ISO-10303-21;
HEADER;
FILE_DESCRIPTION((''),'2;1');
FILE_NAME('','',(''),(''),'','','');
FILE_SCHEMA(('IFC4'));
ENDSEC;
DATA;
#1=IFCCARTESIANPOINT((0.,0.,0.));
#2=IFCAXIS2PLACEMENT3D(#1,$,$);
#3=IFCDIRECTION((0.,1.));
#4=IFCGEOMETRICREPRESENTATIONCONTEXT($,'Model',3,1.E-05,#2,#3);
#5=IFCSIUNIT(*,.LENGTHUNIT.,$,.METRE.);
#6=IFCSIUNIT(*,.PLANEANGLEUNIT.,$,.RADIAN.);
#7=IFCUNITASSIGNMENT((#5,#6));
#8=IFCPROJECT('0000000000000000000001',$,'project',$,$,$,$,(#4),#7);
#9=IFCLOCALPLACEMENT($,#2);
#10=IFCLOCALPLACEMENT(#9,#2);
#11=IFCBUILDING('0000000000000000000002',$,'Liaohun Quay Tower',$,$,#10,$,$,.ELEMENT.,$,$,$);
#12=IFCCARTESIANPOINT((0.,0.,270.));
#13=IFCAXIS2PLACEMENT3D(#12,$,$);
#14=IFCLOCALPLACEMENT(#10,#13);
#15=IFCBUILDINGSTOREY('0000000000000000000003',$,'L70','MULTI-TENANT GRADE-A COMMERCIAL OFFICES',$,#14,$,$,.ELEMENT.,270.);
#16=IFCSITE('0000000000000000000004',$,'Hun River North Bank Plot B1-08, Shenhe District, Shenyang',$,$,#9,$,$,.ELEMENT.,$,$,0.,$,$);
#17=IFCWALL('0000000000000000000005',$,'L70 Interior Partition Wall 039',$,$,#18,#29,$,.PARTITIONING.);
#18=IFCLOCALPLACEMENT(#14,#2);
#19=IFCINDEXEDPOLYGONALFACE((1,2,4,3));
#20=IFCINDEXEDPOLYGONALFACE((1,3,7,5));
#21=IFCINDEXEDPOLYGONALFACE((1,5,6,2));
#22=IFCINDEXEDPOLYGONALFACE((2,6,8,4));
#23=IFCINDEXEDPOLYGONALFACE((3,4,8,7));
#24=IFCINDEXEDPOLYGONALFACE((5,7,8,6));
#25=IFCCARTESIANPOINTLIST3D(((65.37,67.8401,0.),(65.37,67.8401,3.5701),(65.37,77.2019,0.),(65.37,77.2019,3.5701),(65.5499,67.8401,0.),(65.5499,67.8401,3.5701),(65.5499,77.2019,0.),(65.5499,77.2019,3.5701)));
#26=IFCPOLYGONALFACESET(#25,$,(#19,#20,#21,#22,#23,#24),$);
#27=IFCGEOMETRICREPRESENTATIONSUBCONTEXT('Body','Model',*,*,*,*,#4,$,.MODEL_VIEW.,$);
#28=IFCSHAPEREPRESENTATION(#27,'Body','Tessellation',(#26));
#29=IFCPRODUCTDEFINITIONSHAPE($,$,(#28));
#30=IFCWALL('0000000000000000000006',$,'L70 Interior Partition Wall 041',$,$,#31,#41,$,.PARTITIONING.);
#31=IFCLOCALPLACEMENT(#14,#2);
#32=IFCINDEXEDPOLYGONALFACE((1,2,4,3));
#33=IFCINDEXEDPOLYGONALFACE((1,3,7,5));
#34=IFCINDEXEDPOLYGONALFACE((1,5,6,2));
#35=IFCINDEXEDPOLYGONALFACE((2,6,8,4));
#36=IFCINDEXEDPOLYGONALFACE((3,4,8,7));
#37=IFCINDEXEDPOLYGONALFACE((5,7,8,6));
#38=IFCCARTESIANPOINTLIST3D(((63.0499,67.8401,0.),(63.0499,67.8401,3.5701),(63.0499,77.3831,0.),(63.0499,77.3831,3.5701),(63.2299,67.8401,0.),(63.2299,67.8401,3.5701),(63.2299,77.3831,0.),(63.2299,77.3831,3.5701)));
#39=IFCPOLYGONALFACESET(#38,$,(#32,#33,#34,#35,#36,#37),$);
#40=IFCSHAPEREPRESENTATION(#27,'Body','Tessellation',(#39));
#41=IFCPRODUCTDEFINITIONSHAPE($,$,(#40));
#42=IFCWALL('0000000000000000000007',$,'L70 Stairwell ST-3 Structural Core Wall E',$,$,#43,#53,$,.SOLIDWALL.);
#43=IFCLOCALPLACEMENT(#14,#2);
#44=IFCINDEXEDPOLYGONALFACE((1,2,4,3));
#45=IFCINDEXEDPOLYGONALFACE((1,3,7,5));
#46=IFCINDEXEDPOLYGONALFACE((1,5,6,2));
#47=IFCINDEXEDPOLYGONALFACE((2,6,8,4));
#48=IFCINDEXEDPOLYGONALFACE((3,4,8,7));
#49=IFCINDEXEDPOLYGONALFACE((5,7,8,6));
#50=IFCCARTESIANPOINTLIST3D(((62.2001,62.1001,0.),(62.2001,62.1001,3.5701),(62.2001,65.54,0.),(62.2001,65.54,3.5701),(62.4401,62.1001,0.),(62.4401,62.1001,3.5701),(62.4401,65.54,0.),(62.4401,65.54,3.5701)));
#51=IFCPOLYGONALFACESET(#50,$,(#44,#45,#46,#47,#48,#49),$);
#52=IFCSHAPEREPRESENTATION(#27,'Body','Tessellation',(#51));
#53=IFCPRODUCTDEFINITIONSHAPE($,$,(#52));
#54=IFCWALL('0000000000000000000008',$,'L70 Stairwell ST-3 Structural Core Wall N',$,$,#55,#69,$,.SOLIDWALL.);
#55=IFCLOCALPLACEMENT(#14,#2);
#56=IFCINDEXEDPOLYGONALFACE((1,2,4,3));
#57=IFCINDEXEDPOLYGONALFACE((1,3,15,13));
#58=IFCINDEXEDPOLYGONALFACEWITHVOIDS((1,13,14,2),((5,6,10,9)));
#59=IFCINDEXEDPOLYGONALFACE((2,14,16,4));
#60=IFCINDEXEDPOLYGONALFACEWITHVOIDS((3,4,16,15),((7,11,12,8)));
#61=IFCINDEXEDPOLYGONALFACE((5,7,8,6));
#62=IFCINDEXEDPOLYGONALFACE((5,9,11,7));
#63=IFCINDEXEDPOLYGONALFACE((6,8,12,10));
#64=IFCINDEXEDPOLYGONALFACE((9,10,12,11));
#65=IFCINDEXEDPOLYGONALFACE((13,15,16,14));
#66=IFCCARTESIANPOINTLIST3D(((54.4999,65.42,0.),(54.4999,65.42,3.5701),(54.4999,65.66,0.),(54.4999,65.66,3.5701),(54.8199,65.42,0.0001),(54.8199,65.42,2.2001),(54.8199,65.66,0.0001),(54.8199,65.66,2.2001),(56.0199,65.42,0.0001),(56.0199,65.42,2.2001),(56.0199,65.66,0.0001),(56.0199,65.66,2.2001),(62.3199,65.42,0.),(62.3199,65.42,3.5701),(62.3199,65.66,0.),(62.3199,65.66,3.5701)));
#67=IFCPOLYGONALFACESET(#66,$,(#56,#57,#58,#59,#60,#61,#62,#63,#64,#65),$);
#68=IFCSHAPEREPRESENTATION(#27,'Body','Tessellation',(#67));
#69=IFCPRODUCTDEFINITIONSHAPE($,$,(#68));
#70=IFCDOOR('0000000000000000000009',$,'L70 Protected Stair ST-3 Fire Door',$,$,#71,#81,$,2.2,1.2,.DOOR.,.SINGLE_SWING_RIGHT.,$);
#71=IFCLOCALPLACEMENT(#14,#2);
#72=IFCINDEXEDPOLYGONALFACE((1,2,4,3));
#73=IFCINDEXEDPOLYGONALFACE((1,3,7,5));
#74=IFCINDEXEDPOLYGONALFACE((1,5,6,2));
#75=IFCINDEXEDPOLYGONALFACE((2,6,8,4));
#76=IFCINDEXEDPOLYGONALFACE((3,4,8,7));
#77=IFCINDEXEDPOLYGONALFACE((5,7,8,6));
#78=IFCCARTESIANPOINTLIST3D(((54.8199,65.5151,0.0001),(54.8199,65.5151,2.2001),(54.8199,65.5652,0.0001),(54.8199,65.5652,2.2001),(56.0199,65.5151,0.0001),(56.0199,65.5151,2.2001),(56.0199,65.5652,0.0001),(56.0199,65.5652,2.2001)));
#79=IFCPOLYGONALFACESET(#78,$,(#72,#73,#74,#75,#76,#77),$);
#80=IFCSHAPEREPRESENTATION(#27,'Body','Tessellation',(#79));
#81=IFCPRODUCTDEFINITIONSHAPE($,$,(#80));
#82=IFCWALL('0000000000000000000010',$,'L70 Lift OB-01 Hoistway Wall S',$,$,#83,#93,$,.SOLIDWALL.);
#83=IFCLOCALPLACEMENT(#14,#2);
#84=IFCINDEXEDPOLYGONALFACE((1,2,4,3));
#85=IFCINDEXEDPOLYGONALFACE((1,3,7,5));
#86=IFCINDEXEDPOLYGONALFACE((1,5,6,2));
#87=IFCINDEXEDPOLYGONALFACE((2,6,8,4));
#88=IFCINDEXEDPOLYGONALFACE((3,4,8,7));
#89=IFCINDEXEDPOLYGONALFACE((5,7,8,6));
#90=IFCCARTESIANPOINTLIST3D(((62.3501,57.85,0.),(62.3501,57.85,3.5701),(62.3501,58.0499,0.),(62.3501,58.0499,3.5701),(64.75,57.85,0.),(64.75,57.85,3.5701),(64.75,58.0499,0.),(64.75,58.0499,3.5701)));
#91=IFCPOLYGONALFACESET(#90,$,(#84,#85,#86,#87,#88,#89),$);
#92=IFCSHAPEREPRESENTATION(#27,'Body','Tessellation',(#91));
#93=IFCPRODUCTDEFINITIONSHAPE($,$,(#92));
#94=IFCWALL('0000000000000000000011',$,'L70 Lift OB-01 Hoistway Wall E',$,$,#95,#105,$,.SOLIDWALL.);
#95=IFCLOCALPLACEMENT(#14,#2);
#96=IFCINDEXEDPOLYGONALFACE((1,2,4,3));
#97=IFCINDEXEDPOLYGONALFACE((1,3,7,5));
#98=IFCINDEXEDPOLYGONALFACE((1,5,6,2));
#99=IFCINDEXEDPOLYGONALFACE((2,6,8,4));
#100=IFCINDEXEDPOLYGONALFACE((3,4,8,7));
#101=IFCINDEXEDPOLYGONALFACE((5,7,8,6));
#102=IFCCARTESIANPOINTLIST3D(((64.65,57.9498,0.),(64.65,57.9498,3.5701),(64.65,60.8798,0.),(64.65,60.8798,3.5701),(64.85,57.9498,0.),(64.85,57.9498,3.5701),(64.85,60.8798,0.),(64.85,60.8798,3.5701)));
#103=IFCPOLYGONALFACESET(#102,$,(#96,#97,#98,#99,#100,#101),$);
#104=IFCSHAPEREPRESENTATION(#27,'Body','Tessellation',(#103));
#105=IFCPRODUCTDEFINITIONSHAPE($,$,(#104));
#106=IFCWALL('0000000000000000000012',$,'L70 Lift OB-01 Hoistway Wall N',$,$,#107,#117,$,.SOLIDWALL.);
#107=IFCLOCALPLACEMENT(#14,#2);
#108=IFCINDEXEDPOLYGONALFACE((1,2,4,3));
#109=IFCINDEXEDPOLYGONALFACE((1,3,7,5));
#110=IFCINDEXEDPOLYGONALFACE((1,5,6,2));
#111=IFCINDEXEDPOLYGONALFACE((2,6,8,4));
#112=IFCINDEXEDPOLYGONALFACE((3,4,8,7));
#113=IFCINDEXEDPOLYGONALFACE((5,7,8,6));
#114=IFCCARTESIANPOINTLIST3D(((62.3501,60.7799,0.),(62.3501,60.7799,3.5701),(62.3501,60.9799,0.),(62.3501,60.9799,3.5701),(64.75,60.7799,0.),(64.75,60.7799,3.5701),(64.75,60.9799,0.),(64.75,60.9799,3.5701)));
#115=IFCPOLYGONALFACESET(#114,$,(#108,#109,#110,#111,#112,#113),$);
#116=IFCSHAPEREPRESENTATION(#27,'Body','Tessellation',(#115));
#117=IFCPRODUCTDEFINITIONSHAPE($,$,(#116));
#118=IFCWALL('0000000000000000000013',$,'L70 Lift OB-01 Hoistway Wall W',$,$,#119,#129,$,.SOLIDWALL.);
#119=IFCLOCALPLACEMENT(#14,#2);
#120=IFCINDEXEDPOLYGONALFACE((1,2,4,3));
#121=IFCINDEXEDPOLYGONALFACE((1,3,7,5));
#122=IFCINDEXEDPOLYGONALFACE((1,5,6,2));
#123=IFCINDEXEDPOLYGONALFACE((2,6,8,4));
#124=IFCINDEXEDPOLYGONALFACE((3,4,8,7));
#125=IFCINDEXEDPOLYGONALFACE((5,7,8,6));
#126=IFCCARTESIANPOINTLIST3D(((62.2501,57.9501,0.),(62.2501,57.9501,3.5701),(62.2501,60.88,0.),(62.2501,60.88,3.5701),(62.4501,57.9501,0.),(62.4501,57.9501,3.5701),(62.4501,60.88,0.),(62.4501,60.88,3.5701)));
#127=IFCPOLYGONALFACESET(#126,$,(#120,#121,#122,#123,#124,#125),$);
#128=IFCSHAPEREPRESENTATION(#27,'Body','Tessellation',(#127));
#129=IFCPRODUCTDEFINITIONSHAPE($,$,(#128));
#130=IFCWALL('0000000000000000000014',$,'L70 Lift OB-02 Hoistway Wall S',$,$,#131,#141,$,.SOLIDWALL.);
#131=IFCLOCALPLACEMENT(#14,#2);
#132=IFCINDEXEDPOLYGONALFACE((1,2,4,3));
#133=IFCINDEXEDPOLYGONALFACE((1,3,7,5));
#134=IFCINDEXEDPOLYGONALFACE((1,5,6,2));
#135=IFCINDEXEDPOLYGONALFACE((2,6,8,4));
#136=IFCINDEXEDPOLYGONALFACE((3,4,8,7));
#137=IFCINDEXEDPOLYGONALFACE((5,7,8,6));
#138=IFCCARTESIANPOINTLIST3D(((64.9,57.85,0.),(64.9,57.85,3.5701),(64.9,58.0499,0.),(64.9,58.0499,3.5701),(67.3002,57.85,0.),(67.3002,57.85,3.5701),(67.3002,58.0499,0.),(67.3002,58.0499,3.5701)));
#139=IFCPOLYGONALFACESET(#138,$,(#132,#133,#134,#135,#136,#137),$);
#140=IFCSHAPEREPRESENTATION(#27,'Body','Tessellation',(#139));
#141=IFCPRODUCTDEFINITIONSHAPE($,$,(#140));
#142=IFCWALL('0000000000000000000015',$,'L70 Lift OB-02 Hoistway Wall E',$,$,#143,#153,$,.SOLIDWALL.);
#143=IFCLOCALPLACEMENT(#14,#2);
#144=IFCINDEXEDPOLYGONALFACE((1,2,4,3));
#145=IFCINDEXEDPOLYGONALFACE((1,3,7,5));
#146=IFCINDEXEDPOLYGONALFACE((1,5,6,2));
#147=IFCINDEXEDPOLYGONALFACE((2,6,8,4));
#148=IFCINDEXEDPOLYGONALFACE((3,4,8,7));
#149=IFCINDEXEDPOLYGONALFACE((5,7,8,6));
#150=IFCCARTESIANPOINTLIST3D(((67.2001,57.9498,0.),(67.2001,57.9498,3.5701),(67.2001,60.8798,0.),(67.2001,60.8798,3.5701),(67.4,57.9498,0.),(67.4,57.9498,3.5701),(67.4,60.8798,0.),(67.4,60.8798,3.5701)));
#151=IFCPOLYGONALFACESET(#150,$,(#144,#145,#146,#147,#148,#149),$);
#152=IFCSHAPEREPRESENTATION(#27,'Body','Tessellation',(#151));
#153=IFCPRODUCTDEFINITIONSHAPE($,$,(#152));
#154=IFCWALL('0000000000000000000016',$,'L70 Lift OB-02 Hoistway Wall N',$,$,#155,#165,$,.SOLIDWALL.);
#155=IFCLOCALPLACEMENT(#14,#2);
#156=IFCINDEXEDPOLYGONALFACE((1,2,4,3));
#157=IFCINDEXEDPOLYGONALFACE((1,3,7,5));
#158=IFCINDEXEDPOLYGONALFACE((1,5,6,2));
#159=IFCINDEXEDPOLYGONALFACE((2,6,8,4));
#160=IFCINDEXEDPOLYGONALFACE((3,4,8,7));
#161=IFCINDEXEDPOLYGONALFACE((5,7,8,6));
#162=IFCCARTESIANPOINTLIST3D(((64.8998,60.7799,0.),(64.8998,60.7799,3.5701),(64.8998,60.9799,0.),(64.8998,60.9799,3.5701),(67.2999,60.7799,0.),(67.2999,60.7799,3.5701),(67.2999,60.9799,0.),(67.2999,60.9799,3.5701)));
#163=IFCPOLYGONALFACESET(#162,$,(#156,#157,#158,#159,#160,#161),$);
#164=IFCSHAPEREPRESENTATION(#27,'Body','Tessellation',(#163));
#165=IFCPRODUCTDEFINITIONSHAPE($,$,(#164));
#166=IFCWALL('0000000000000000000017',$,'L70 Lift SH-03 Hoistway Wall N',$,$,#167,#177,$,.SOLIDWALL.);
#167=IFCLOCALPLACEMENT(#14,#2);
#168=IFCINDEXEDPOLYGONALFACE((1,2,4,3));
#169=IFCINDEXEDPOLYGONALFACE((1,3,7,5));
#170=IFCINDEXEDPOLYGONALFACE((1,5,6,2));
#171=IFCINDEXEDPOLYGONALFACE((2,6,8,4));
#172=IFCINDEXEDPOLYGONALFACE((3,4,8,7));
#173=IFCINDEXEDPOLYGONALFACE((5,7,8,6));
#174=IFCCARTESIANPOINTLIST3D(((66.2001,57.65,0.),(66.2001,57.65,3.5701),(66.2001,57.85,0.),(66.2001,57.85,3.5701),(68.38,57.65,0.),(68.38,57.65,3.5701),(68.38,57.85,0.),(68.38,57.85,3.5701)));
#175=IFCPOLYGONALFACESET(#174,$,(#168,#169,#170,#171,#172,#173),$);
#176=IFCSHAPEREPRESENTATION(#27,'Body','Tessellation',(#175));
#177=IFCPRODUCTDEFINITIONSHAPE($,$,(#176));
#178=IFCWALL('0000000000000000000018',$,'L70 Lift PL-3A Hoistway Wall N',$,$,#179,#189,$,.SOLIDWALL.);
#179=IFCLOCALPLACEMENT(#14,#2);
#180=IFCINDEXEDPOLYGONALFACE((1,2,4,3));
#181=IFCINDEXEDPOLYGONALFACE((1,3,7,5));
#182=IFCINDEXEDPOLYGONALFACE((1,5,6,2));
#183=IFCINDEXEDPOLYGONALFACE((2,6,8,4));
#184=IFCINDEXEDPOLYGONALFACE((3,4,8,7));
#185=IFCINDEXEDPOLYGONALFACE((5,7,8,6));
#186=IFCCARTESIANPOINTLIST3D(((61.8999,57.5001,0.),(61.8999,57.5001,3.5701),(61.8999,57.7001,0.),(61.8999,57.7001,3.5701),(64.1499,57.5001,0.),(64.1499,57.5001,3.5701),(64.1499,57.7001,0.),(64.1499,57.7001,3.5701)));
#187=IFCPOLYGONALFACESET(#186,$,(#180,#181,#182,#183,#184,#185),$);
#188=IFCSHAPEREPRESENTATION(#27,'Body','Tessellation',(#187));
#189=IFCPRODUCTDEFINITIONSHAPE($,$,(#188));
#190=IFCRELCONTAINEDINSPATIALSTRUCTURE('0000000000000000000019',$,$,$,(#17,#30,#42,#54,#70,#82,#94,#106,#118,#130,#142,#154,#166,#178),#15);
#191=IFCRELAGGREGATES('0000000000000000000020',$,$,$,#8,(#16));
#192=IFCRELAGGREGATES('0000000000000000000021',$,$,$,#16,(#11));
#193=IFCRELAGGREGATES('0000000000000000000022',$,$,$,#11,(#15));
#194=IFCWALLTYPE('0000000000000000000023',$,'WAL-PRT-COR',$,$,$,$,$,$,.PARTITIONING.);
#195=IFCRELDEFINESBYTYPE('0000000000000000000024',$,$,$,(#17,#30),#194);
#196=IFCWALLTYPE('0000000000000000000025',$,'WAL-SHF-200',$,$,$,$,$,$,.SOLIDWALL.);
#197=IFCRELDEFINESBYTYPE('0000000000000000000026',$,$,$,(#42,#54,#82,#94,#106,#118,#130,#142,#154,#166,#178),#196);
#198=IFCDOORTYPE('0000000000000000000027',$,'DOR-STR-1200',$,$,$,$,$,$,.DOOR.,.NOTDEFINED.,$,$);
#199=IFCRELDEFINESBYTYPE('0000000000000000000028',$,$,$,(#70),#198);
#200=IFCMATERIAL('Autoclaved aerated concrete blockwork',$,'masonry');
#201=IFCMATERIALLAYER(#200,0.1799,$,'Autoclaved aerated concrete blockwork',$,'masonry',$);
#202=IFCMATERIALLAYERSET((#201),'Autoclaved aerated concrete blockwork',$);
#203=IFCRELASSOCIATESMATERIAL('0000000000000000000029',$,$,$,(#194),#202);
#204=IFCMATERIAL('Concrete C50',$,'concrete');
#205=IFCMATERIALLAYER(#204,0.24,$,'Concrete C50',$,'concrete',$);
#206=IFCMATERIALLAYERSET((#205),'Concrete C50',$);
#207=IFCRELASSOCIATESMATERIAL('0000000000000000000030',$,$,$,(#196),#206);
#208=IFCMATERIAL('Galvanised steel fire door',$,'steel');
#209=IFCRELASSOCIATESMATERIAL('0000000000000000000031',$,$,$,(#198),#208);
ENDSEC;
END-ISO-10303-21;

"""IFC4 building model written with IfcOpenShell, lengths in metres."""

from ifc_helpers import new_model, si_unit, direction, frame, frame_2d, origin, place, context, subcontext, project, spatial, rectangle, extrude, source, transform, mapped, material, layer, layer_set, type_object, element, fill, save


model = new_model("IFC4")

# Units and contexts
model_context = context("Model", 3, precision=1e-05, world=origin(), true_north=direction((0.0, 1.0)))
body_context = subcontext(model_context, "Body", "Model", "MODEL_VIEW")
ifc_project = project(units=[si_unit("LENGTHUNIT", "METRE"), si_unit("PLANEANGLEUNIT", "RADIAN")], contexts=[model_context])

# Site, building, storey
site_placement = place(None, origin())
site = spatial("IfcSite", under=ifc_project, at=site_placement, Name="Hun River North Bank Plot B1-08, Shenhe District, Shenyang", CompositionType="ELEMENT", RefElevation=0.0)
building_placement = place(site_placement, origin())
building = spatial("IfcBuilding", under=site, at=building_placement, Name="Liaohun Quay Tower", CompositionType="ELEMENT")
storey_placement = place(building_placement, frame((0.0, 0.0, 270.0)))
storey = spatial("IfcBuildingStorey", under=building, at=storey_placement, Name="L70", Description="MULTI-TENANT GRADE-A COMMERCIAL OFFICES", CompositionType="ELEMENT", Elevation=270.0)

# Shared definitions
ifc_material_1 = material(Name="Autoclaved aerated concrete blockwork", Category="masonry")
ifc_layer_1 = layer(ifc_material_1, 0.1799, Name="Autoclaved aerated concrete blockwork", Category="masonry")
ifc_layer_set_1 = layer_set([ifc_layer_1], Name="Autoclaved aerated concrete blockwork")
wall_type_1 = type_object("IfcWallType", Name="WAL-PRT-COR", PredefinedType="PARTITIONING", material=ifc_layer_set_1)

# Walls
wall_1_placement = place(storey_placement, frame((65.46, 77.2019, 0.0), z_axis=(0.0, 0.0, 1.0), x_axis=(0.0, -1.0, 0.0)))
element("IfcWall", 1, at=wall_1_placement, inside=storey, type_object=wall_type_1, Name="L70 Interior Partition Wall 039", PredefinedType="PARTITIONING", context=body_context, shape_type="SweptSolid", body=[
    extrude(rectangle(XDim=9.3618, YDim=0.1799, at=frame_2d((4.6809, 0.0))), origin(), (0.0, 0.0, 1.0), 3.5701),
])
wall_2_placement = place(storey_placement, frame((63.1399, 67.8401, 0.0), z_axis=(0.0, 0.0, 1.0), x_axis=(0.0, 1.0, 0.0)))
element("IfcWall", 2, at=wall_2_placement, inside=storey, type_object=wall_type_1, Name="L70 Interior Partition Wall 041", PredefinedType="PARTITIONING", context=body_context, shape_type="SweptSolid", body=[
    extrude(rectangle(XDim=9.543, YDim=0.1799, at=frame_2d((4.7715, 0.0))), origin(), (0.0, 0.0, 1.0), 3.5701),
])
ifc_material_2 = material(Name="Concrete C50", Category="concrete")
ifc_layer_2 = layer(ifc_material_2, 0.24, Name="Concrete C50", Category="concrete")
ifc_layer_set_2 = layer_set([ifc_layer_2], Name="Concrete C50")
wall_type_2 = type_object("IfcWallType", Name="WAL-SHF-200", PredefinedType="SOLIDWALL", material=ifc_layer_set_2)
wall_3_placement = place(storey_placement, frame((62.3201, 62.1001, 0.0), z_axis=(0.0, 0.0, 1.0), x_axis=(0.0, 1.0, 0.0)))
element("IfcWall", 3, at=wall_3_placement, inside=storey, type_object=wall_type_2, Name="L70 Stairwell ST-3 Structural Core Wall E", PredefinedType="SOLIDWALL", context=body_context, shape_type="SweptSolid", body=[
    extrude(rectangle(XDim=3.4399, YDim=0.24, at=frame_2d((1.72, 0.0))), origin(), (0.0, 0.0, 1.0), 3.5701),
])

# Wall, opening, door
wall_4_placement = place(storey_placement, frame((62.3201, 65.54, 0.0), z_axis=(0.0, 0.0, 1.0), x_axis=(-1.0, 0.0, 0.0)))
wall_4 = element("IfcWall", 4, at=wall_4_placement, inside=storey, type_object=wall_type_2, Name="L70 Stairwell ST-3 Structural Core Wall N", PredefinedType="SOLIDWALL", context=body_context, shape_type="SweptSolid", body=[
    extrude(rectangle(XDim=7.8201, YDim=0.24, at=frame_2d((3.9102, 0.0))), origin(), (0.0, 0.0, 1.0), 3.5701),
])
shared_shape_1 = source(origin(), body_context, "Body", "SweptSolid", [
    extrude(rectangle(XDim=1.2, YDim=2.2, at=frame_2d((0.6001, 1.1001))), frame((0.0, 0.1299, 0.0), z_axis=(0.0, -1.0, 0.0), x_axis=(1.0, 0.0, 0.0)), (0.0, 0.0, 1.0), 0.26),
])
opening_1_placement = place(wall_4_placement, frame((6.3, 0.0, 0.0)))
opening_1 = element("IfcOpeningElement", 5, at=opening_1_placement, cuts=wall_4, PredefinedType="OPENING", context=body_context, shape_type="MappedRepresentation", body=[
    mapped(shared_shape_1, transform((0.0, 0.0, 0.0), x_axis=(1.0, 0.0, 0.0), y_axis=(0.0, 1.0, 0.0), z_axis=(0.0, 0.0, 1.0), scale=1.0)),
])
ifc_material_3 = material(Name="Galvanised steel fire door", Category="steel")
door_type_1 = type_object("IfcDoorType", Name="DOR-STR-1200", OperationType="NOTDEFINED", PredefinedType="DOOR", material=ifc_material_3)
shared_shape_2 = source(origin(), body_context, "Body", "SweptSolid", [
    extrude(rectangle(XDim=1.2, YDim=2.2, at=frame_2d((0.6001, 1.1001))), frame((0.0, 0.0249, 0.0), z_axis=(0.0, -1.0, 0.0), x_axis=(1.0, 0.0, 0.0)), (0.0, 0.0, 1.0), 0.05),
])
door_1_placement = place(opening_1_placement, origin())
door_1 = element("IfcDoor", 6, at=door_1_placement, inside=storey, type_object=door_type_1, Name="L70 Protected Stair ST-3 Fire Door", OperationType="SINGLE_SWING_RIGHT", OverallHeight=2.2, OverallWidth=1.2, PredefinedType="DOOR", context=body_context, shape_type="MappedRepresentation", body=[
    mapped(shared_shape_2, transform((0.0, 0.0, 0.0), x_axis=(1.0, 0.0, 0.0), y_axis=(0.0, 1.0, 0.0), z_axis=(0.0, 0.0, 1.0), scale=1.0)),
])
fill(opening_1, door_1)

# Walls
wall_5_placement = place(storey_placement, frame((62.3501, 57.95, 0.0), z_axis=(0.0, 0.0, 1.0), x_axis=(1.0, 0.0, 0.0)))
element("IfcWall", 7, at=wall_5_placement, inside=storey, type_object=wall_type_2, Name="L70 Lift OB-01 Hoistway Wall S", PredefinedType="SOLIDWALL", context=body_context, shape_type="SweptSolid", body=[
    extrude(rectangle(XDim=2.3999, YDim=0.2, at=frame_2d((1.2, 0.0))), origin(), (0.0, 0.0, 1.0), 3.5701),
])
wall_6_placement = place(storey_placement, frame((64.75, 57.95, 0.0), z_axis=(0.0, 0.0, 1.0), x_axis=(0.0, 1.0, 0.0)))
element("IfcWall", 8, at=wall_6_placement, inside=storey, type_object=wall_type_2, Name="L70 Lift OB-01 Hoistway Wall E", PredefinedType="SOLIDWALL", context=body_context, shape_type="SweptSolid", body=[
    extrude(rectangle(XDim=2.9299, YDim=0.2, at=frame_2d((1.4648, 0.0))), origin(), (0.0, 0.0, 1.0), 3.5701),
])
wall_7_placement = place(storey_placement, frame((64.75, 60.8799, 0.0), z_axis=(0.0, 0.0, 1.0), x_axis=(-1.0, 0.0, 0.0)))
element("IfcWall", 9, at=wall_7_placement, inside=storey, type_object=wall_type_2, Name="L70 Lift OB-01 Hoistway Wall N", PredefinedType="SOLIDWALL", context=body_context, shape_type="SweptSolid", body=[
    extrude(rectangle(XDim=2.3999, YDim=0.2, at=frame_2d((1.2, 0.0))), origin(), (0.0, 0.0, 1.0), 3.5701),
])
wall_8_placement = place(storey_placement, frame((62.3501, 60.8799, 0.0), z_axis=(0.0, 0.0, 1.0), x_axis=(0.0, -1.0, 0.0)))
element("IfcWall", 10, at=wall_8_placement, inside=storey, type_object=wall_type_2, Name="L70 Lift OB-01 Hoistway Wall W", PredefinedType="SOLIDWALL", context=body_context, shape_type="SweptSolid", body=[
    extrude(rectangle(XDim=2.9299, YDim=0.2, at=frame_2d((1.4648, 0.0))), origin(), (0.0, 0.0, 1.0), 3.5701),
])
wall_9_placement = place(storey_placement, frame((64.8999, 57.95, 0.0), z_axis=(0.0, 0.0, 1.0), x_axis=(1.0, 0.0, 0.0)))
element("IfcWall", 11, at=wall_9_placement, inside=storey, type_object=wall_type_2, Name="L70 Lift OB-02 Hoistway Wall S", PredefinedType="SOLIDWALL", context=body_context, shape_type="SweptSolid", body=[
    extrude(rectangle(XDim=2.4001, YDim=0.2, at=frame_2d((1.2002, 0.0))), origin(), (0.0, 0.0, 1.0), 3.5701),
])
wall_10_placement = place(storey_placement, frame((67.3, 57.95, 0.0), z_axis=(0.0, 0.0, 1.0), x_axis=(0.0, 1.0, 0.0)))
element("IfcWall", 12, at=wall_10_placement, inside=storey, type_object=wall_type_2, Name="L70 Lift OB-02 Hoistway Wall E", PredefinedType="SOLIDWALL", context=body_context, shape_type="SweptSolid", body=[
    extrude(rectangle(XDim=2.9299, YDim=0.2, at=frame_2d((1.4648, 0.0))), origin(), (0.0, 0.0, 1.0), 3.5701),
])
wall_11_placement = place(storey_placement, frame((67.3, 60.8799, 0.0), z_axis=(0.0, 0.0, 1.0), x_axis=(-1.0, 0.0, 0.0)))
element("IfcWall", 13, at=wall_11_placement, inside=storey, type_object=wall_type_2, Name="L70 Lift OB-02 Hoistway Wall N", PredefinedType="SOLIDWALL", context=body_context, shape_type="SweptSolid", body=[
    extrude(rectangle(XDim=2.4001, YDim=0.2, at=frame_2d((1.2002, 0.0))), origin(), (0.0, 0.0, 1.0), 3.5701),
])
wall_12_placement = place(storey_placement, frame((68.3799, 57.75, 0.0), z_axis=(0.0, 0.0, 1.0), x_axis=(-1.0, 0.0, 0.0)))
element("IfcWall", 14, at=wall_12_placement, inside=storey, type_object=wall_type_2, Name="L70 Lift SH-03 Hoistway Wall N", PredefinedType="SOLIDWALL", context=body_context, shape_type="SweptSolid", body=[
    extrude(rectangle(XDim=2.1799, YDim=0.2, at=frame_2d((1.0898, 0.0))), origin(), (0.0, 0.0, 1.0), 3.5701),
])
wall_13_placement = place(storey_placement, frame((64.1499, 57.6001, 0.0), z_axis=(0.0, 0.0, 1.0), x_axis=(-1.0, 0.0, 0.0)))
element("IfcWall", 15, at=wall_13_placement, inside=storey, type_object=wall_type_2, Name="L70 Lift PL-3A Hoistway Wall N", PredefinedType="SOLIDWALL", context=body_context, shape_type="SweptSolid", body=[
    extrude(rectangle(XDim=2.25, YDim=0.2, at=frame_2d((1.125, 0.0))), origin(), (0.0, 0.0, 1.0), 3.5701),
])

save(model, "model.ifc")
